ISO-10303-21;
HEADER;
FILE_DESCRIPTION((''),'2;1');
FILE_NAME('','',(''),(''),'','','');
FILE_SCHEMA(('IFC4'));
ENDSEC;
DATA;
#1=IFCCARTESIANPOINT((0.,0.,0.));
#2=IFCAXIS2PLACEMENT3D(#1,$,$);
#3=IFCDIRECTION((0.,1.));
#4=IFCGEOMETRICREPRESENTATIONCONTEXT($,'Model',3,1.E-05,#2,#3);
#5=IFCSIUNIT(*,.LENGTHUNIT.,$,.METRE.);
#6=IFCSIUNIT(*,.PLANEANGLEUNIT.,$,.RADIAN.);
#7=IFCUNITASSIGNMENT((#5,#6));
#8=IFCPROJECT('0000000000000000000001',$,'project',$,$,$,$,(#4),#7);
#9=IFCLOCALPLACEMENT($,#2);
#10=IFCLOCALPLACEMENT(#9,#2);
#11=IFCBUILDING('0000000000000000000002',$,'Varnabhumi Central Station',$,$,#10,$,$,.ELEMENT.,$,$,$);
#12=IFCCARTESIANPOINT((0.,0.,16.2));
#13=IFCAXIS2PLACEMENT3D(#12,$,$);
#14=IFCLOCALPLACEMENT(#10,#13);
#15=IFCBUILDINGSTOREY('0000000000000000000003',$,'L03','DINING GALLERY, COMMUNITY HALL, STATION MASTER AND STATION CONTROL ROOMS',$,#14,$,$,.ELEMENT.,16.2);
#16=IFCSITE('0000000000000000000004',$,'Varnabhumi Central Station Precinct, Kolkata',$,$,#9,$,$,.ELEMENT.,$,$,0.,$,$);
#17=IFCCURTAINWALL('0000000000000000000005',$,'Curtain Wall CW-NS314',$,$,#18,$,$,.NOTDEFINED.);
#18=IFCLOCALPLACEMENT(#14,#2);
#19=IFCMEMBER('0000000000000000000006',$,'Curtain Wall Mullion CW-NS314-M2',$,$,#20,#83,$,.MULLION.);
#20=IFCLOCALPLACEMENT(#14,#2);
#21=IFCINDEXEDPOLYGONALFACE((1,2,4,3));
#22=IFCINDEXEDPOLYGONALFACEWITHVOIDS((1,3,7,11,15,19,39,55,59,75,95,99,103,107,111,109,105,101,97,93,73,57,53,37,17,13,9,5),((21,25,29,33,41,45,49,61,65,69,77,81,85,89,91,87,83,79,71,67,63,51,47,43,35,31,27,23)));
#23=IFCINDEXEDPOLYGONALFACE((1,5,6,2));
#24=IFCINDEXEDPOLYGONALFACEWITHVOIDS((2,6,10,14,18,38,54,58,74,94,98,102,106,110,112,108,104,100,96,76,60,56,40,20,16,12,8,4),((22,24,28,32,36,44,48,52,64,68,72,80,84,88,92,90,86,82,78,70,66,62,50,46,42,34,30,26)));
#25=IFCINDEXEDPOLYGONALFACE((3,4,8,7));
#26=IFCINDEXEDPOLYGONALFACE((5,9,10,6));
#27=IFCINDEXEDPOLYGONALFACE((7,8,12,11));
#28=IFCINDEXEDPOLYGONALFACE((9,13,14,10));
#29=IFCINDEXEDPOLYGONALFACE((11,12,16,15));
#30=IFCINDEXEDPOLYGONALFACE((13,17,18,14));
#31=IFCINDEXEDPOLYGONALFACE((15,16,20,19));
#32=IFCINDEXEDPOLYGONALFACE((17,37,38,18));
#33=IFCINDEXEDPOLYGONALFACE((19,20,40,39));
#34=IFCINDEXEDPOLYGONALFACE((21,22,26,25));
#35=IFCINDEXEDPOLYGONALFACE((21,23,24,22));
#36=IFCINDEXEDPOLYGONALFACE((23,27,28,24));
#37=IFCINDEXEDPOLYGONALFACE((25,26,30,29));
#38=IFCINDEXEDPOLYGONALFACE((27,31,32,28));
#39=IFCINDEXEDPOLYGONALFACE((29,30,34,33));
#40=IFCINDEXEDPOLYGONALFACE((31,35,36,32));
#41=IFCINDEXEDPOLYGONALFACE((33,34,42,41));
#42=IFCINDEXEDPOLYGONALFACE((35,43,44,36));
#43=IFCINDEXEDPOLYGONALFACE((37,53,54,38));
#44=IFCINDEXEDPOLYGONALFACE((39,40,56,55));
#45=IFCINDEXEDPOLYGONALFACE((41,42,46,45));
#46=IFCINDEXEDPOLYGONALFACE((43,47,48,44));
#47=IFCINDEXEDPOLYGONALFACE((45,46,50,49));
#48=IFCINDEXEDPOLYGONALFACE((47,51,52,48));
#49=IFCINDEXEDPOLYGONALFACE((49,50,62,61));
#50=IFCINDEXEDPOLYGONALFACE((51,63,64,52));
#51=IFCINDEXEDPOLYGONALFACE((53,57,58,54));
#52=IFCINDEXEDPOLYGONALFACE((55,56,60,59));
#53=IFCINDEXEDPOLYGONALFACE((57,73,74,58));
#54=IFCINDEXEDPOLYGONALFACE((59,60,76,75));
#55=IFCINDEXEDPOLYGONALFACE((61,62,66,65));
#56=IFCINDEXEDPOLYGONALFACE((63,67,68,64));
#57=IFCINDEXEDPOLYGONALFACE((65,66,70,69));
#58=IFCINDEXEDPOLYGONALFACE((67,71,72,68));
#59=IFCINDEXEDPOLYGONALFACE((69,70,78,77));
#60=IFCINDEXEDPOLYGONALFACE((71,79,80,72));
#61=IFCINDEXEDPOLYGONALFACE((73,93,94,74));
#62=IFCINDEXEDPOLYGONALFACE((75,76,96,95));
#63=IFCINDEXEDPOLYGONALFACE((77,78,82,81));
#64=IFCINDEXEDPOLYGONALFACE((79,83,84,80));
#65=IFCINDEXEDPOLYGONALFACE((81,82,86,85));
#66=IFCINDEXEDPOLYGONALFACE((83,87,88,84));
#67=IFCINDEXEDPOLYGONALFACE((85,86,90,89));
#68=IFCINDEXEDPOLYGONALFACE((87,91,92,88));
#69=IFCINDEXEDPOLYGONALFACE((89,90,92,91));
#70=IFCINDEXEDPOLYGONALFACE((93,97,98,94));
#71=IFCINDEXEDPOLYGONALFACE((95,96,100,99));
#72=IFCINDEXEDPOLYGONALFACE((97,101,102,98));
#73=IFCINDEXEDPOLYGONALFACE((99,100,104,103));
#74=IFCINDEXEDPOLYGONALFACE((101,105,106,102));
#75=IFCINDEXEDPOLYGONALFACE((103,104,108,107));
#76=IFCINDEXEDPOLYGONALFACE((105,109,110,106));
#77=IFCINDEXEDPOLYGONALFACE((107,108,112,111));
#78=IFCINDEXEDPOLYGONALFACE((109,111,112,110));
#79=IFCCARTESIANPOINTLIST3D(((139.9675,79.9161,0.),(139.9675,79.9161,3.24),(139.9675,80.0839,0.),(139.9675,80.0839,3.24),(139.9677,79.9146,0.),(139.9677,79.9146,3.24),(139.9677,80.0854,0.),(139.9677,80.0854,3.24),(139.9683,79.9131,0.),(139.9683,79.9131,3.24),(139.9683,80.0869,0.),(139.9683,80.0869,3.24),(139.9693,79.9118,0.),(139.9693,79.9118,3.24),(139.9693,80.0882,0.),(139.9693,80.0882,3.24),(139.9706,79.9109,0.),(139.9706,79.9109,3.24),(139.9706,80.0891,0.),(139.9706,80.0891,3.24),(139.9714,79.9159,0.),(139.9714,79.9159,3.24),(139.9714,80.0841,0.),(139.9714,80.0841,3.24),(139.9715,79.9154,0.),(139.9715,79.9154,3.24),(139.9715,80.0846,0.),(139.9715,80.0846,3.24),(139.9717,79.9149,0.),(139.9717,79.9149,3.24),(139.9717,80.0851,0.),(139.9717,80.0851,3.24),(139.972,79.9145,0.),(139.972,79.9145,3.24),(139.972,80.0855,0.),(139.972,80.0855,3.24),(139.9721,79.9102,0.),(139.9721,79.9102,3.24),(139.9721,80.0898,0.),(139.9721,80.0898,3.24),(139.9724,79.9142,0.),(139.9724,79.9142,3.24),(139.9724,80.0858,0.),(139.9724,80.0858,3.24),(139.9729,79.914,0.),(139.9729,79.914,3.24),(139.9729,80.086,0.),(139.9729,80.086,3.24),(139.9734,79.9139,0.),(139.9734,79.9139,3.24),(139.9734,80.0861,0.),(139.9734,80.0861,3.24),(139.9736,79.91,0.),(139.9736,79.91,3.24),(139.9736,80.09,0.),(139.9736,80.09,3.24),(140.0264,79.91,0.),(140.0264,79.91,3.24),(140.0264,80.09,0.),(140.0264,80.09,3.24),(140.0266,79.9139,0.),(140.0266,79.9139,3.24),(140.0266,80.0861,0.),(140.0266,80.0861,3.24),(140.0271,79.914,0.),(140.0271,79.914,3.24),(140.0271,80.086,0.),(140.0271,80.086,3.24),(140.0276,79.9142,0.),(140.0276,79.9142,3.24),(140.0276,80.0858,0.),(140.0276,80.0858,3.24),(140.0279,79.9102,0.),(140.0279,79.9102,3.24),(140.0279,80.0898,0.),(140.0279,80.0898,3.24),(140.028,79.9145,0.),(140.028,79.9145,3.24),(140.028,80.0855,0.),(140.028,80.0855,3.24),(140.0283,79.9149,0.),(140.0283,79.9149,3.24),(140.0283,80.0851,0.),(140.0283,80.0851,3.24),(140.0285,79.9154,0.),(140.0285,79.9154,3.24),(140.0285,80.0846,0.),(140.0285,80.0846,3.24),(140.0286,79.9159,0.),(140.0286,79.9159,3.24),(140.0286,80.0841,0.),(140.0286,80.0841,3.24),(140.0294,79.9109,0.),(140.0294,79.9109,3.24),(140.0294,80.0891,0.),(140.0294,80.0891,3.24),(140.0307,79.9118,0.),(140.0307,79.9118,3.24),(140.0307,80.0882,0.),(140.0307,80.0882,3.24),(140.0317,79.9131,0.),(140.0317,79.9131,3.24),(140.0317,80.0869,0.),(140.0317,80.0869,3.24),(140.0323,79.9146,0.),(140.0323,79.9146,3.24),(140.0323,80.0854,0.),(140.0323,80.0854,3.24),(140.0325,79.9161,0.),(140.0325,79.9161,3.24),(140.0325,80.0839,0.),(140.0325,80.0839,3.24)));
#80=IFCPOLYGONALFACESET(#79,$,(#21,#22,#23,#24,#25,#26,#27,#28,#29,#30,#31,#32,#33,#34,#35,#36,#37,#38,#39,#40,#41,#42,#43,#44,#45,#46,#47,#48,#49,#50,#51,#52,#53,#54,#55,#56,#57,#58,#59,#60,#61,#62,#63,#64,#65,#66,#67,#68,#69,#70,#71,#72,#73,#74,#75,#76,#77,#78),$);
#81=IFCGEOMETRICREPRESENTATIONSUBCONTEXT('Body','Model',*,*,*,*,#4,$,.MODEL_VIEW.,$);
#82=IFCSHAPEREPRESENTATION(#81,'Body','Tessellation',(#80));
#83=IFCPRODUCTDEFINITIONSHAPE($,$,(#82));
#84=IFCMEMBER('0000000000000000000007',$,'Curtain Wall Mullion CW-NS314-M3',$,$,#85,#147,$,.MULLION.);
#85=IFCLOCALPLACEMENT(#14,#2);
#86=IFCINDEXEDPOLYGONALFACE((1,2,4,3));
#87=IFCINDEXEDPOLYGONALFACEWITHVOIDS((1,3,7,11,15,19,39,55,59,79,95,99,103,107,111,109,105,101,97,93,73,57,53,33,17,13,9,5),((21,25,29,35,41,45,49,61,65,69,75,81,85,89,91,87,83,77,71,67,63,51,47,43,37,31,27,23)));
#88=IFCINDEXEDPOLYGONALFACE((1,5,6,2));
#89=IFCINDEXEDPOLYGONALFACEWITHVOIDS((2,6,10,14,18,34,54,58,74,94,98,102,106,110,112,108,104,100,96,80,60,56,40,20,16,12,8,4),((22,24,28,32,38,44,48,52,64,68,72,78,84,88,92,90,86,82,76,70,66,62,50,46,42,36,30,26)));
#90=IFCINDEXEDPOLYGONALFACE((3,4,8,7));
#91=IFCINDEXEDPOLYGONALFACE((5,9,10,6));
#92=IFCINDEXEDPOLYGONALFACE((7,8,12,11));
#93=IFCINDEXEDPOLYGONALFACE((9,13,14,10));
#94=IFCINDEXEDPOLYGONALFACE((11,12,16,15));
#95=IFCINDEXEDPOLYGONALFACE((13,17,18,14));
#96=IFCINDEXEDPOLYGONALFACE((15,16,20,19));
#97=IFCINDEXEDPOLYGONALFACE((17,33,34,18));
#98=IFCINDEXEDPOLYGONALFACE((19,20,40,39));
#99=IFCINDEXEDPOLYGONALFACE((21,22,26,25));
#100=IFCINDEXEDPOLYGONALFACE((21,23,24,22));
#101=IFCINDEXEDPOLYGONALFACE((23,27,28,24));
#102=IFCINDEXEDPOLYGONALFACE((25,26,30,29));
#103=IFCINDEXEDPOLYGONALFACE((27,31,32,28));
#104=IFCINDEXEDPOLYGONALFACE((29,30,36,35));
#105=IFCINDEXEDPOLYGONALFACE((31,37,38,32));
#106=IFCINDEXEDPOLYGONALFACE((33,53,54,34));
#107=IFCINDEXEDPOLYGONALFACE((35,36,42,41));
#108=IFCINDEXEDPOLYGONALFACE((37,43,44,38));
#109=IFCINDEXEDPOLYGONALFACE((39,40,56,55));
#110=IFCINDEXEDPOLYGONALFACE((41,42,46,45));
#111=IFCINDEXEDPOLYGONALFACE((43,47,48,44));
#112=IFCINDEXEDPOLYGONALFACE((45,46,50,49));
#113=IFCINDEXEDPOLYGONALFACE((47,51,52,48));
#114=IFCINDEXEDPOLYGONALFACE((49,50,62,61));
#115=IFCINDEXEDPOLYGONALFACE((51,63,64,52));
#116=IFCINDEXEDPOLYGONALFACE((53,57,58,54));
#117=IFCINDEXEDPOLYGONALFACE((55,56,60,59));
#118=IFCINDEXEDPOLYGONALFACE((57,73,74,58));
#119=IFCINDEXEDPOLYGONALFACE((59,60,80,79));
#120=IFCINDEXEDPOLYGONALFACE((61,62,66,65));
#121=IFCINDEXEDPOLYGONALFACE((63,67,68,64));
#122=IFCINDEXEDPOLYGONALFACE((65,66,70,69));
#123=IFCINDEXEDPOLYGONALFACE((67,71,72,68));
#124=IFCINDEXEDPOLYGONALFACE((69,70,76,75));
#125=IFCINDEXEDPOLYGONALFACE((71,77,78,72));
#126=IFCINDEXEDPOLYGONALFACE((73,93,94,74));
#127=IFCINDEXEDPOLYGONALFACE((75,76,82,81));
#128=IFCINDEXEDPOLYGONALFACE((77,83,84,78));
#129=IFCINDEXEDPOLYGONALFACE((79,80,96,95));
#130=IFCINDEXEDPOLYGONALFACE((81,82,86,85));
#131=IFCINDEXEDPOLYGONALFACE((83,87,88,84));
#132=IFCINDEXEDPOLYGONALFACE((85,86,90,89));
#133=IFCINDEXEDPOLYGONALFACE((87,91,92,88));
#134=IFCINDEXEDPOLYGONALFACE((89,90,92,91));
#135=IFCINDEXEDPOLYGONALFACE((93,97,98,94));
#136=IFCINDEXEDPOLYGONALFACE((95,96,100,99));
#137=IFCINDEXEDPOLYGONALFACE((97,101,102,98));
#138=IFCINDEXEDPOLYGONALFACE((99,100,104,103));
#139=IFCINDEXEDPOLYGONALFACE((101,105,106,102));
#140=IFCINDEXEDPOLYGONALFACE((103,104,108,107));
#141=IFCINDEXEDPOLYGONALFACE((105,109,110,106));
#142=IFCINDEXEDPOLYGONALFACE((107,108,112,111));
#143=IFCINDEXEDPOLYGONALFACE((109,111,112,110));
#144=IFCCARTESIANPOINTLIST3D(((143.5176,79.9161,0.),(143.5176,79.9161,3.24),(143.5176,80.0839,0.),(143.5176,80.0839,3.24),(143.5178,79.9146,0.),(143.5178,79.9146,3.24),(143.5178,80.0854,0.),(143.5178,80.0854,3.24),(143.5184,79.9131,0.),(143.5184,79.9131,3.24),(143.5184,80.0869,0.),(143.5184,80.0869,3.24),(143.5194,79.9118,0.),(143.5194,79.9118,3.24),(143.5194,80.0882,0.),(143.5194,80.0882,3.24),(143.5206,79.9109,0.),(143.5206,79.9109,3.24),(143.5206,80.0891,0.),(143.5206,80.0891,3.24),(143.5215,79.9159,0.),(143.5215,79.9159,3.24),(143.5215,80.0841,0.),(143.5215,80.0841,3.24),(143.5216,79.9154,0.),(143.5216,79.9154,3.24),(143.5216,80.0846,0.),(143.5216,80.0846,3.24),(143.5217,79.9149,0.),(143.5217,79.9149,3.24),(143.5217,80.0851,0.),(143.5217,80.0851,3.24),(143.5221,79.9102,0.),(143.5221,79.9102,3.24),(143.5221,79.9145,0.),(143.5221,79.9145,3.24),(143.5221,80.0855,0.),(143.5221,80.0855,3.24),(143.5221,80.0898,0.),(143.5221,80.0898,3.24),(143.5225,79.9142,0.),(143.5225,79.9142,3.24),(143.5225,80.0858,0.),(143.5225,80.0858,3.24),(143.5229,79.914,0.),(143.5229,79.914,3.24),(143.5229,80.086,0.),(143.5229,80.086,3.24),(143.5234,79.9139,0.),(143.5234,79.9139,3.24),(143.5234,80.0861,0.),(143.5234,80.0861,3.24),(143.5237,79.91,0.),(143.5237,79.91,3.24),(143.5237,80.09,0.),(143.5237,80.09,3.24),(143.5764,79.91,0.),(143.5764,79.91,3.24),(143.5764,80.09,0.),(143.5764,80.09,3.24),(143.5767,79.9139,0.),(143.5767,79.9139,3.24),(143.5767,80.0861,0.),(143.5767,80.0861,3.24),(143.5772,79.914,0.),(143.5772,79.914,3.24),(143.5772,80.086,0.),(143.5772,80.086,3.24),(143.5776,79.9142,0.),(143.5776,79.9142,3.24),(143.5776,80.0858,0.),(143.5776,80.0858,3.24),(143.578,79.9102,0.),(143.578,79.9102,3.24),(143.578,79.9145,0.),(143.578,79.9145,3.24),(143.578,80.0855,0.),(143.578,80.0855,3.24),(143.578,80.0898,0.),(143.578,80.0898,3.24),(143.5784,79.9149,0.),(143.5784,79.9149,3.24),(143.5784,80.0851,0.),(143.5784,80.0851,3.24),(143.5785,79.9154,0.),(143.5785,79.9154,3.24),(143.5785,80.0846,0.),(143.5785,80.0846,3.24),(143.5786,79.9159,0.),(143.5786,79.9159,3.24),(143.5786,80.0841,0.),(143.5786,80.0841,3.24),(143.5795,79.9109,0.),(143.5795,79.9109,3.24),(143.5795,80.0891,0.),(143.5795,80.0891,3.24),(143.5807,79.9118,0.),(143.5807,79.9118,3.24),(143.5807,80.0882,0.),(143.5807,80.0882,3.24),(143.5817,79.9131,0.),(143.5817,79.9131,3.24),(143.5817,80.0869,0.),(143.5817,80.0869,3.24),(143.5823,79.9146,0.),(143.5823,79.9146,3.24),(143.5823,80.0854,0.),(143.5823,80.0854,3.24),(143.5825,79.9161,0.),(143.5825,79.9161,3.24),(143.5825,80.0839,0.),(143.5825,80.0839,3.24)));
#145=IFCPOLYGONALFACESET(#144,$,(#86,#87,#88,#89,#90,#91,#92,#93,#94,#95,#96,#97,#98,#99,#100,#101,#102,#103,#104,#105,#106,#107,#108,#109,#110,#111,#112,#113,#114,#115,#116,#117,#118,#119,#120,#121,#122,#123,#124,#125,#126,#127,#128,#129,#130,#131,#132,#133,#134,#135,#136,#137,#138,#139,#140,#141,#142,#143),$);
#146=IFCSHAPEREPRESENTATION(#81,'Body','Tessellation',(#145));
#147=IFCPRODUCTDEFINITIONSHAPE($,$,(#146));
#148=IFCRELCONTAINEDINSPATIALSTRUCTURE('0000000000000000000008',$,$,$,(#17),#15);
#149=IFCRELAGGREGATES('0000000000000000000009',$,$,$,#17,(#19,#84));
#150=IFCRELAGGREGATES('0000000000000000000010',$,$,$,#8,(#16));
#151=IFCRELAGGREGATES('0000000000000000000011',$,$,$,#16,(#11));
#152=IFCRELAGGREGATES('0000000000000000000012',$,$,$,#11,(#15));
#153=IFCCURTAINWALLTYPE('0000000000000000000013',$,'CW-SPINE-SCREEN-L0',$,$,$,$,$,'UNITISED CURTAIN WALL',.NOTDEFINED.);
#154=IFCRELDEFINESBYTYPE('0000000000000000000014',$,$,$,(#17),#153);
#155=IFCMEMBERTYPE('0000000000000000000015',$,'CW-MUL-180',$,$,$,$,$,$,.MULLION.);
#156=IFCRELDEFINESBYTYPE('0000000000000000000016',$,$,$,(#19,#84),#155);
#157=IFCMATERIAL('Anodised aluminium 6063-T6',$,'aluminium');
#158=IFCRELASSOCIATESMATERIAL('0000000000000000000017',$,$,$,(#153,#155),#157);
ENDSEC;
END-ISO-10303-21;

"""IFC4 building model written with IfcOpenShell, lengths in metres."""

from ifc_helpers import new_model, si_unit, direction, frame, origin, origin_2d, place, context, subcontext, project, spatial, hollow_rectangle, extrude, material, material_profile, profile_set, type_object, element, aggregate, save


model = new_model("IFC4")

# Units and contexts
model_context = context("Model", 3, precision=1e-05, world=origin(), true_north=direction((0.0, 1.0)))
body_context = subcontext(model_context, "Body", "Model", "MODEL_VIEW")
ifc_project = project(units=[si_unit("LENGTHUNIT", "METRE"), si_unit("PLANEANGLEUNIT", "RADIAN")], contexts=[model_context])

# Site, building, storey
site_placement = place(None, origin())
site = spatial("IfcSite", under=ifc_project, at=site_placement, Name="Varnabhumi Central Station Precinct, Kolkata", CompositionType="ELEMENT", RefElevation=0.0)
building_placement = place(site_placement, origin())
building = spatial("IfcBuilding", under=site, at=building_placement, Name="Varnabhumi Central Station", CompositionType="ELEMENT")
storey_placement = place(building_placement, frame((0.0, 0.0, 16.2)))
storey = spatial("IfcBuildingStorey", under=building, at=storey_placement, Name="L03", Description="DINING GALLERY, COMMUNITY HALL, STATION MASTER AND STATION CONTROL ROOMS", CompositionType="ELEMENT", Elevation=16.2)

# Curtain wall, members
ifc_material_1 = material(Name="Anodised aluminium 6063-T6", Category="aluminium")
curtain_wall_type = type_object("IfcCurtainWallType", Name="CW-SPINE-SCREEN-L0", ElementType="UNITISED CURTAIN WALL", PredefinedType="NOTDEFINED", material=ifc_material_1)
curtain_wall_placement = place(storey_placement, origin())
curtain_wall = element("IfcCurtainWall", 1, at=curtain_wall_placement, inside=storey, type_object=curtain_wall_type, Name="Curtain Wall CW-NS314", PredefinedType="NOTDEFINED")
ifc_material_profile_1 = material_profile(ifc_material_1, hollow_rectangle(XDim=0.0649, YDim=0.1799, WallThickness=0.0039, InnerFilletRadius=0.002, OuterFilletRadius=0.0061, at=origin_2d()), Name="Anodised aluminium 6063-T6", Category="aluminium")
ifc_profile_set_1 = profile_set([ifc_material_profile_1], Name="Anodised aluminium 6063-T6")
member_type_1 = type_object("IfcMemberType", Name="CW-MUL-180", PredefinedType="MULLION", material=ifc_profile_set_1)
member_1_placement = place(storey_placement, frame((140.0, 80.0, 0.0), z_axis=(0.0, 0.0, 1.0), x_axis=(1.0, 0.0, 0.0)))
member_1 = element("IfcMember", 2, at=member_1_placement, type_object=member_type_1, Name="Curtain Wall Mullion CW-NS314-M2", PredefinedType="MULLION", context=body_context, shape_type="SweptSolid", body=[
    extrude(hollow_rectangle(XDim=0.0649, YDim=0.1799, WallThickness=0.0039, InnerFilletRadius=0.002, OuterFilletRadius=0.0061, at=origin_2d()), origin(), (0.0, 0.0, 1.0), 3.24),
])
member_2_placement = place(storey_placement, frame((143.55, 80.0, 0.0), z_axis=(0.0, 0.0, 1.0), x_axis=(1.0, 0.0, 0.0)))
member_2 = element("IfcMember", 3, at=member_2_placement, type_object=member_type_1, Name="Curtain Wall Mullion CW-NS314-M3", PredefinedType="MULLION", context=body_context, shape_type="SweptSolid", body=[
    extrude(hollow_rectangle(XDim=0.0649, YDim=0.1799, WallThickness=0.0039, InnerFilletRadius=0.002, OuterFilletRadius=0.0061, at=origin_2d()), origin(), (0.0, 0.0, 1.0), 3.24),
])

aggregate(curtain_wall, [member_1, member_2])

save(model, "model.ifc")
